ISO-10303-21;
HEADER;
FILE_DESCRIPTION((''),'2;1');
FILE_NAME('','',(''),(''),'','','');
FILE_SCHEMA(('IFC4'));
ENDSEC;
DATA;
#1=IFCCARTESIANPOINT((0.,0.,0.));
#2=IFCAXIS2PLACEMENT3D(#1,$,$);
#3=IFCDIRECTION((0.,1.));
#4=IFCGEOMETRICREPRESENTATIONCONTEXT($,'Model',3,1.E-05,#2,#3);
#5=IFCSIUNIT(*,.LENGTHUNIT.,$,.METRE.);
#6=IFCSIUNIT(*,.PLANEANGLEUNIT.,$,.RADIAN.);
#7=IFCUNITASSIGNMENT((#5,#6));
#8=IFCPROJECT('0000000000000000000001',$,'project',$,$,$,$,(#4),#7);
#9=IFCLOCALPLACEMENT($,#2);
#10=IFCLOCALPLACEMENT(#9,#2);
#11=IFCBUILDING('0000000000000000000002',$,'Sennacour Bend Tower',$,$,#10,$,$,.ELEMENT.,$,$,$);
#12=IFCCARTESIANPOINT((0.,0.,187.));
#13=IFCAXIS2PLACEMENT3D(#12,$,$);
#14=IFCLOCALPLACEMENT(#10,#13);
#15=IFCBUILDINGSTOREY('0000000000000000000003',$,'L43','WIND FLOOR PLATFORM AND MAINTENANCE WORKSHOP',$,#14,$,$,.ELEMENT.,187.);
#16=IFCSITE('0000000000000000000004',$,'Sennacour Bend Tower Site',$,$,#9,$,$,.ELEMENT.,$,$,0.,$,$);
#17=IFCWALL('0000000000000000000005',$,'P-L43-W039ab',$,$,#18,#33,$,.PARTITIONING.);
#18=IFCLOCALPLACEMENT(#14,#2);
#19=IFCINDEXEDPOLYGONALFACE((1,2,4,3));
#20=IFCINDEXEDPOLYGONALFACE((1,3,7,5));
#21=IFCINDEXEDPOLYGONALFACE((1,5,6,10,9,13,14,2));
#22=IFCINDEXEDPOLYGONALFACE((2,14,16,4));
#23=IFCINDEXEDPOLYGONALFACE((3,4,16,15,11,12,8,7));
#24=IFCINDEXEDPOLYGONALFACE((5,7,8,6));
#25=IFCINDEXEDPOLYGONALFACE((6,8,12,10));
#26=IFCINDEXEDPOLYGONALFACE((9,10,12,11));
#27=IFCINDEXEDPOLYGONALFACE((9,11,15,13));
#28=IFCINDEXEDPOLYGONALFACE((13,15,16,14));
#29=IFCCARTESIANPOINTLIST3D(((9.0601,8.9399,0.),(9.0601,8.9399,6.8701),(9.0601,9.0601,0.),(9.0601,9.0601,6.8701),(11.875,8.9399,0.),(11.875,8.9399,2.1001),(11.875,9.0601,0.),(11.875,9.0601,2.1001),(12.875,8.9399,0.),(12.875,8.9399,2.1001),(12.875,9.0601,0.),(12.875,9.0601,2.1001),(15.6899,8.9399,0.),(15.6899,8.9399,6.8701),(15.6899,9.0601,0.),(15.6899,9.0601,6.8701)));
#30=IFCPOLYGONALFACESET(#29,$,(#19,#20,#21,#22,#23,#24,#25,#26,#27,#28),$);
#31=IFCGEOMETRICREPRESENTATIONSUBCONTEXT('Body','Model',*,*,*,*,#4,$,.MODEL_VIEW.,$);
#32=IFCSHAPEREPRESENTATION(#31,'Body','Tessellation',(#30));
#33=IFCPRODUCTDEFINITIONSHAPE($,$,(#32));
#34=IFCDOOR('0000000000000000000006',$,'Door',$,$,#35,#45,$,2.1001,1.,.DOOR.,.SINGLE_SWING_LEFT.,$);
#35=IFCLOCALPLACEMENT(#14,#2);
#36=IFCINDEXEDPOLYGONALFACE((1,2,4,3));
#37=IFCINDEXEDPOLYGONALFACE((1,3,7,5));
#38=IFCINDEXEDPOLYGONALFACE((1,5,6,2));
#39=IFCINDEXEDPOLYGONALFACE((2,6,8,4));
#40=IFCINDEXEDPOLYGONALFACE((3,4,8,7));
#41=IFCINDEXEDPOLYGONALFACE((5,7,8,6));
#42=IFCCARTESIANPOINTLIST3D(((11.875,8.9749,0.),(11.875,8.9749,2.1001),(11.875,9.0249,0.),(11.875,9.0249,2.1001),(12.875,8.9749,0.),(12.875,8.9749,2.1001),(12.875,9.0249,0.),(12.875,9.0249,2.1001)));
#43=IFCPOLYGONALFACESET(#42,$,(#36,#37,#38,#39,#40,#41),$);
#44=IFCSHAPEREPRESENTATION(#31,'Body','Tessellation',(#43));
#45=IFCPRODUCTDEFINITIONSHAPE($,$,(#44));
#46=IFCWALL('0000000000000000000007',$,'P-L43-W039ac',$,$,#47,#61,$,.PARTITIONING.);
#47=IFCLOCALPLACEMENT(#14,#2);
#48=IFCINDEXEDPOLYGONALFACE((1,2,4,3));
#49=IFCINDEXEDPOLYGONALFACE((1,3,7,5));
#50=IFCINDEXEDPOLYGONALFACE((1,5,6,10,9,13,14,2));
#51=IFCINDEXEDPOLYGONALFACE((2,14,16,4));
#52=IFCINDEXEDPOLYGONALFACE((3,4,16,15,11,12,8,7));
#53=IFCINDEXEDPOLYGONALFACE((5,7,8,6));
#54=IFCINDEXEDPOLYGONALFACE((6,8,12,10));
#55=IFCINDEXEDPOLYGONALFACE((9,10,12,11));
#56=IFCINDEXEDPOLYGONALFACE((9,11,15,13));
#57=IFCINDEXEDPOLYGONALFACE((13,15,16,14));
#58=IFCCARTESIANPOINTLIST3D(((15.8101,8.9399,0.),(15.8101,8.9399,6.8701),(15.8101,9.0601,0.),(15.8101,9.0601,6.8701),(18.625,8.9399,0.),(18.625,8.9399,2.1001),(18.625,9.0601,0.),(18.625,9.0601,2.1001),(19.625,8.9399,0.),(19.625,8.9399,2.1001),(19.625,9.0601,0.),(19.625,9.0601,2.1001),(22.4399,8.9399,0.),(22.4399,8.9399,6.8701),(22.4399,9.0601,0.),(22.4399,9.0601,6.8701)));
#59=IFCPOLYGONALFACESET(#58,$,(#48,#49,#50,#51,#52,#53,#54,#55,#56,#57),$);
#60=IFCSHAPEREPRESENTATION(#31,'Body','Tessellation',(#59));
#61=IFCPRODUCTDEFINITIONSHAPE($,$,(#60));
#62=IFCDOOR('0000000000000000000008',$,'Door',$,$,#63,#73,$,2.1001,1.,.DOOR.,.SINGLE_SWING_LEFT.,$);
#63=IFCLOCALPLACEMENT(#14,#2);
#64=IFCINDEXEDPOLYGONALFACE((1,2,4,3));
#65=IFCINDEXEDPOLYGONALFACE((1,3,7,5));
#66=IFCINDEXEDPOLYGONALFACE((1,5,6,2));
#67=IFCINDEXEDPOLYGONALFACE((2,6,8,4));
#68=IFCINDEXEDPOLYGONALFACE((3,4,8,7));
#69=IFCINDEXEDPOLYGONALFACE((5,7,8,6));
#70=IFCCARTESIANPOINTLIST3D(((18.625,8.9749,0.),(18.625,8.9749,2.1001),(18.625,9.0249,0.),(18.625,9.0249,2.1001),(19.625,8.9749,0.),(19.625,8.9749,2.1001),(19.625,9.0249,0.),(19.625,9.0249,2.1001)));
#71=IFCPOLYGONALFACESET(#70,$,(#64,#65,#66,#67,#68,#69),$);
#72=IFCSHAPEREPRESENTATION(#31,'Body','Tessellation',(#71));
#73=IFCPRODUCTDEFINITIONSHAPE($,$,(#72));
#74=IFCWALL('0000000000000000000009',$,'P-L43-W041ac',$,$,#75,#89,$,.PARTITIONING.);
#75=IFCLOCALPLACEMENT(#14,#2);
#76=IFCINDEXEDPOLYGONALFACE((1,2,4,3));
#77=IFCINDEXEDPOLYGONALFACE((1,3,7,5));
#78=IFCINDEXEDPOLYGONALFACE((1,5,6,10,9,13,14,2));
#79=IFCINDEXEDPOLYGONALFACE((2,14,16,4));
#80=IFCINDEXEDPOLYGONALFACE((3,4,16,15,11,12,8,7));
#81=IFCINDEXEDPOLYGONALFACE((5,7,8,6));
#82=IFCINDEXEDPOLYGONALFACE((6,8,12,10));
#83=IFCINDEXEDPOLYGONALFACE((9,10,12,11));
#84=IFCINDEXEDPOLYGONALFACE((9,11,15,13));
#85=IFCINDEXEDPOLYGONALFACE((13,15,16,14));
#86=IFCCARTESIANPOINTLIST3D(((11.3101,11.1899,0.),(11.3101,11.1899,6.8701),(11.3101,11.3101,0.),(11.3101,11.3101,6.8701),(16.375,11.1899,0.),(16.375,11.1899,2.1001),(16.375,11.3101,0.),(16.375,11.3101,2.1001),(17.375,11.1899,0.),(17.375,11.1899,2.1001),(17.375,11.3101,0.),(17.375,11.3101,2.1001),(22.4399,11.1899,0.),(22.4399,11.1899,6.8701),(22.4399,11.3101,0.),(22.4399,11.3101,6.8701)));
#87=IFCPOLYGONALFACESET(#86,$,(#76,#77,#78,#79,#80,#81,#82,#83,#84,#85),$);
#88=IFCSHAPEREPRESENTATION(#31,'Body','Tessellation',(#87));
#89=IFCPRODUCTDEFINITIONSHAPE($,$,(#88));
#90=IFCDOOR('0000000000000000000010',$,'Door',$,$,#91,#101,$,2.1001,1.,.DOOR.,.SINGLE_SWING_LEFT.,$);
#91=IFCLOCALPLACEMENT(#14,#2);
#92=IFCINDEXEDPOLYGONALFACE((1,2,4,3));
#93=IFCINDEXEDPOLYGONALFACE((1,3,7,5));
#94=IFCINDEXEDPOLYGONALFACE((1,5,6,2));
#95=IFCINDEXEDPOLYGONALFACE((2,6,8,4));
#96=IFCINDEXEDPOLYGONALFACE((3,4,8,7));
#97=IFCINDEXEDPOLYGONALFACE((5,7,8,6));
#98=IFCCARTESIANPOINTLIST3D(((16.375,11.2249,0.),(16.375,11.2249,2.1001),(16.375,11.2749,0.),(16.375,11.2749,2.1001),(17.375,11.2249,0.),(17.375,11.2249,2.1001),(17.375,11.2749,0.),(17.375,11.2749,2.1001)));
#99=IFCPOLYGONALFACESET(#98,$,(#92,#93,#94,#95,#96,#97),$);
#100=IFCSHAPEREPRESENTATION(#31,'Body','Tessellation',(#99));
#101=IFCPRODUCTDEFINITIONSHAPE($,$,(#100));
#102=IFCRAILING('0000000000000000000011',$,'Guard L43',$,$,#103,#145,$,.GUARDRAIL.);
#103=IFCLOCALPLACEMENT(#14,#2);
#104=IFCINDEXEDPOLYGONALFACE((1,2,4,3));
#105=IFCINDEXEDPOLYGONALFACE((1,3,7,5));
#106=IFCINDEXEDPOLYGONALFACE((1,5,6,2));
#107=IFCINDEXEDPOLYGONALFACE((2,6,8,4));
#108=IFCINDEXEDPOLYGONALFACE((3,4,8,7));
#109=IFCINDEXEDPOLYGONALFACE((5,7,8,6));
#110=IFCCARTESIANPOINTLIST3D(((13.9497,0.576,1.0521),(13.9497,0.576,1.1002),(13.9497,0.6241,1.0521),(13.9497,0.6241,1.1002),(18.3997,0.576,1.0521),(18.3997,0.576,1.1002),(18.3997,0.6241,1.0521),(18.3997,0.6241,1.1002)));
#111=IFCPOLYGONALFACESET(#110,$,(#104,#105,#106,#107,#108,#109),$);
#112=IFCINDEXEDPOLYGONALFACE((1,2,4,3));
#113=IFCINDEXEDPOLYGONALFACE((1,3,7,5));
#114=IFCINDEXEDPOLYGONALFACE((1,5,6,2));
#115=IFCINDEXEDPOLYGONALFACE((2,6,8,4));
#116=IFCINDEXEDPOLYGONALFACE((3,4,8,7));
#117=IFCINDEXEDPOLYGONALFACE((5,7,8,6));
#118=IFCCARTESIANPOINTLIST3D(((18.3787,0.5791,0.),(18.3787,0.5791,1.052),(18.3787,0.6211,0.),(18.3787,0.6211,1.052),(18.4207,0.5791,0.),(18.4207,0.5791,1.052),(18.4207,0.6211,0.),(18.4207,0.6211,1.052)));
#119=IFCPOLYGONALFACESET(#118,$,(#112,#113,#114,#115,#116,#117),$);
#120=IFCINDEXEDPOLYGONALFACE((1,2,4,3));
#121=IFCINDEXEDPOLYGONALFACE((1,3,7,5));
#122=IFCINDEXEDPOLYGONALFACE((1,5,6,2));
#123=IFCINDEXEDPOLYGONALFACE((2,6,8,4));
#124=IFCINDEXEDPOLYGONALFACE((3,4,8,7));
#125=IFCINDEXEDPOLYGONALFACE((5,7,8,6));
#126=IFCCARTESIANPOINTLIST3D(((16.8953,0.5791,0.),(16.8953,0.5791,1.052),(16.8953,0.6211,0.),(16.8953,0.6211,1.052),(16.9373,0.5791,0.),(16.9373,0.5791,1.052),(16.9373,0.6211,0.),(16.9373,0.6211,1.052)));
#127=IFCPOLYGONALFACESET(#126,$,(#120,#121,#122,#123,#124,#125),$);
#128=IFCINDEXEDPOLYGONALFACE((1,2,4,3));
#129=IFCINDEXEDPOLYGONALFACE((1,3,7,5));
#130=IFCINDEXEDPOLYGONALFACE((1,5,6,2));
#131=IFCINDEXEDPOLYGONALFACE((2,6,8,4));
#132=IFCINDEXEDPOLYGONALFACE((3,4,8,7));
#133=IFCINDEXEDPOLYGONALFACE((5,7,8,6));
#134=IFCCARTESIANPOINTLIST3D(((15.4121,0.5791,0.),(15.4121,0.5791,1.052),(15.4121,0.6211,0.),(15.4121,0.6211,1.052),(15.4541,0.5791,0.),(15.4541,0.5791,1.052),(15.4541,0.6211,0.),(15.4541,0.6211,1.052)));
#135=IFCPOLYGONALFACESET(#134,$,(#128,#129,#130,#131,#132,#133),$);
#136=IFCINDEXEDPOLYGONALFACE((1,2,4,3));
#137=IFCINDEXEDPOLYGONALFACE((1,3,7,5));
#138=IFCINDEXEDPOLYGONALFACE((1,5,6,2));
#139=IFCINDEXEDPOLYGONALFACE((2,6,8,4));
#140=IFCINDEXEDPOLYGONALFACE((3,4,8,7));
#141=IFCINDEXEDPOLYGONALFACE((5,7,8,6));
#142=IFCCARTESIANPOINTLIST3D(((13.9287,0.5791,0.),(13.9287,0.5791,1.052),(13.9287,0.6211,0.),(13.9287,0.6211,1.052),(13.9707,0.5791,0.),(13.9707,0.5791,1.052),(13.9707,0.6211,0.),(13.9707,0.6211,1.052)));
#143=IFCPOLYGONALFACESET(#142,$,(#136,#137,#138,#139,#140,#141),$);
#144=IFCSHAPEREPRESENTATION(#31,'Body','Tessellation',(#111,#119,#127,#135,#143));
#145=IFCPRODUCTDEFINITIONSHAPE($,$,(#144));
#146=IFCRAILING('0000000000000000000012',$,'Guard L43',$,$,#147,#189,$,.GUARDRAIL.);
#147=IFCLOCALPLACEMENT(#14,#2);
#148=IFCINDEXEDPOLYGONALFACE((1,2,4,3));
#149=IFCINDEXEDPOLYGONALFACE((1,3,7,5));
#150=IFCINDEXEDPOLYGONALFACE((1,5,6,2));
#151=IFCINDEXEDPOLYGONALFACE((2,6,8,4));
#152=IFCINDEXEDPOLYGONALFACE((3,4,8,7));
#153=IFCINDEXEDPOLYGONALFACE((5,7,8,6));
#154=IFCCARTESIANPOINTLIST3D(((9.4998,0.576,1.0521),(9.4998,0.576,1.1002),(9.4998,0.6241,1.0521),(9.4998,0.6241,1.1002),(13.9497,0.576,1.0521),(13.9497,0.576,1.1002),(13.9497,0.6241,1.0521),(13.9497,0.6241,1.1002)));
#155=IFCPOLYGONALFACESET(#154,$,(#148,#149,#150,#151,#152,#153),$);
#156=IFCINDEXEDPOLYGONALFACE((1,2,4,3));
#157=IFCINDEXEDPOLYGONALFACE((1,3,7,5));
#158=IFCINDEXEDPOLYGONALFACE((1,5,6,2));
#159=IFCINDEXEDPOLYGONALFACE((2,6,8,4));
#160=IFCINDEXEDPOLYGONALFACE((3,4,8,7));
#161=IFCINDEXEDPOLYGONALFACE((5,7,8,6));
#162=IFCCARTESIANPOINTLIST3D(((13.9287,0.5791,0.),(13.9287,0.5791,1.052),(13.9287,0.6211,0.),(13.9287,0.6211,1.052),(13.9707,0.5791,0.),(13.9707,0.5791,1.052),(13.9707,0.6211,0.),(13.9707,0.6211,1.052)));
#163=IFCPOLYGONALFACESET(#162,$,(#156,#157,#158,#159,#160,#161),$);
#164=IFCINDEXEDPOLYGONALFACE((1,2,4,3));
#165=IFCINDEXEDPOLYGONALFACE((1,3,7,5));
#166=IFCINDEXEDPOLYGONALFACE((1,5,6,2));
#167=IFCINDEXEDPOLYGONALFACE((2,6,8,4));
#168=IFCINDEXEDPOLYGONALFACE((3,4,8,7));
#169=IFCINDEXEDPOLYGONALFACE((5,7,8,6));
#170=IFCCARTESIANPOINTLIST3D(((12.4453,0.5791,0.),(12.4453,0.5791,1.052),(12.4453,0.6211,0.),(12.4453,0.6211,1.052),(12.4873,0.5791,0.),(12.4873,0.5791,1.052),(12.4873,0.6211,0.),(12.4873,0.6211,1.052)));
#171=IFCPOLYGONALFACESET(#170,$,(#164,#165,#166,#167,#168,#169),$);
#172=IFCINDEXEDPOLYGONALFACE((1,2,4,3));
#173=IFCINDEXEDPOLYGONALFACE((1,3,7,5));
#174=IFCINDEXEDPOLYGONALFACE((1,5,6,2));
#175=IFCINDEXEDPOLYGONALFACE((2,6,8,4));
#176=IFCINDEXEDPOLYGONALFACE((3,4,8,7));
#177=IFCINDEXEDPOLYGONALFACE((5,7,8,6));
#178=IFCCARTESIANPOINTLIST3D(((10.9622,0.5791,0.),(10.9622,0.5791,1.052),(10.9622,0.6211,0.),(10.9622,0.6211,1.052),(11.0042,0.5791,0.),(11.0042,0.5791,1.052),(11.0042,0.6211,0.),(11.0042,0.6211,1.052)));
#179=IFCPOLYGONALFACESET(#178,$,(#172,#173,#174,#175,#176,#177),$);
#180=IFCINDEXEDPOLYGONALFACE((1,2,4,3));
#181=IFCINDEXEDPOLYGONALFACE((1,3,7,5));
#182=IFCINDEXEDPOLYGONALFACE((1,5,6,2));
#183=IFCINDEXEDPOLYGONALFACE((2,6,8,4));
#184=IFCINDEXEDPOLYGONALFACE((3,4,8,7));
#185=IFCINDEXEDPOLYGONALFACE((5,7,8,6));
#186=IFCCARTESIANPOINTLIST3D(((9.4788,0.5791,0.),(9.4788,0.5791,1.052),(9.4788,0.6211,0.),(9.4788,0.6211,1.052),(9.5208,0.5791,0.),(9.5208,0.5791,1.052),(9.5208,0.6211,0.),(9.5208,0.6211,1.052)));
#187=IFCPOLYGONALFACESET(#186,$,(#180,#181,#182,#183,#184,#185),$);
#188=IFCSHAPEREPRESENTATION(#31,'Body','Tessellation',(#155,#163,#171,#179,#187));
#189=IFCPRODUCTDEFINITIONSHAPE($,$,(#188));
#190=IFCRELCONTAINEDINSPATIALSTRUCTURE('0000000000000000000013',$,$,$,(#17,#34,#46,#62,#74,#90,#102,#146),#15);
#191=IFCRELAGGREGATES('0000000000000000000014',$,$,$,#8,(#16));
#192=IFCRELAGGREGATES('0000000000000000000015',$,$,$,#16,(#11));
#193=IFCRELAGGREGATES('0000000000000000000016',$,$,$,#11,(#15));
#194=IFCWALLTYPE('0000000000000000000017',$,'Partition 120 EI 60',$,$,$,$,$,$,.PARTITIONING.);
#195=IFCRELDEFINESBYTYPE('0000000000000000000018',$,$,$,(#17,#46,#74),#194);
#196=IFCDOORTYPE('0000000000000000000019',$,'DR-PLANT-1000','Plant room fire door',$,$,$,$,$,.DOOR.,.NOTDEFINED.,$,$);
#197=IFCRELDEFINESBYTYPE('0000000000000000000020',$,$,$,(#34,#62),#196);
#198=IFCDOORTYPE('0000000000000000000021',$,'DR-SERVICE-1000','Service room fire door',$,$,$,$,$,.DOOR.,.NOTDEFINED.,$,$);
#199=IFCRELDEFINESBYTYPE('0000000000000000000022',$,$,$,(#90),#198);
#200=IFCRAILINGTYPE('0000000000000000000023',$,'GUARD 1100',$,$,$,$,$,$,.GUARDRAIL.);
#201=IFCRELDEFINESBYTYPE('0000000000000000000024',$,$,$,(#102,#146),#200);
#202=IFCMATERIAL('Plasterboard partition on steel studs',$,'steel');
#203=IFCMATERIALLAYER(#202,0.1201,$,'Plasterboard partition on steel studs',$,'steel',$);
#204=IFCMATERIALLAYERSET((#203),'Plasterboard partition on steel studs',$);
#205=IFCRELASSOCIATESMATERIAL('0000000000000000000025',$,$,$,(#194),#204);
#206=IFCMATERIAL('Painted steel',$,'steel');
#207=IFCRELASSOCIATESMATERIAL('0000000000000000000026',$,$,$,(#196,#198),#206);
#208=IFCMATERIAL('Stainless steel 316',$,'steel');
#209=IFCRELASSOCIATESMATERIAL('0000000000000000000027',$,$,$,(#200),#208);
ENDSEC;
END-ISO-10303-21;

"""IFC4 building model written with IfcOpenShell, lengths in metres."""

from ifc_helpers import new_model, si_unit, direction, frame, frame_2d, origin, origin_2d, place, context, subcontext, project, spatial, rectangle, extrude, material, layer, layer_set, type_object, element, fill, save


model = new_model("IFC4")

# Units and contexts
model_context = context("Model", 3, precision=1e-05, world=origin(), true_north=direction((0.0, 1.0)))
body_context = subcontext(model_context, "Body", "Model", "MODEL_VIEW")
ifc_project = project(units=[si_unit("LENGTHUNIT", "METRE"), si_unit("PLANEANGLEUNIT", "RADIAN")], contexts=[model_context])

# Site, building, storey
site_placement = place(None, origin())
site = spatial("IfcSite", under=ifc_project, at=site_placement, Name="Sennacour Bend Tower Site", CompositionType="ELEMENT", RefElevation=0.0)
building_placement = place(site_placement, origin())
building = spatial("IfcBuilding", under=site, at=building_placement, Name="Sennacour Bend Tower", CompositionType="ELEMENT")
storey_placement = place(building_placement, frame((0.0, 0.0, 187.0)))
storey = spatial("IfcBuildingStorey", under=building, at=storey_placement, Name="L43", Description="WIND FLOOR PLATFORM AND MAINTENANCE WORKSHOP", CompositionType="ELEMENT", Elevation=187.0)

# Shared definitions
ifc_material_1 = material(Name="Plasterboard partition on steel studs", Category="steel")

# Walls, openings, doors
ifc_layer_1 = layer(ifc_material_1, 0.1201, Name="Plasterboard partition on steel studs", Category="steel")
ifc_layer_set_1 = layer_set([ifc_layer_1], Name="Plasterboard partition on steel studs")
wall_type_1 = type_object("IfcWallType", Name="Partition 120 EI 60", PredefinedType="PARTITIONING", material=ifc_layer_set_1)
wall_1_placement = place(storey_placement, frame((9.0601, 9.0, 0.0), z_axis=(0.0, 0.0, 1.0), x_axis=(1.0, 0.0, 0.0)))
wall_1 = element("IfcWall", 1, at=wall_1_placement, inside=storey, type_object=wall_type_1, Name="P-L43-W039ab", PredefinedType="PARTITIONING", context=body_context, shape_type="SweptSolid", body=[
    extrude(rectangle(XDim=6.6299, YDim=0.1201, at=frame_2d((3.3149, 0.0))), origin(), (0.0, 0.0, 1.0), 6.8701),
])
opening_1_placement = place(wall_1_placement, frame((2.8149, 0.0, 0.0)))
opening_1 = element("IfcOpeningElement", 2, at=opening_1_placement, cuts=wall_1, PredefinedType="OPENING", context=body_context, shape_type="SweptSolid", body=[
    extrude(rectangle(XDim=1.0, YDim=2.1001, at=frame_2d((0.5, 1.05))), frame((0.0, 0.0701, 0.0), z_axis=(0.0, -1.0, 0.0), x_axis=(1.0, 0.0, 0.0)), (0.0, 0.0, 1.0), 0.1401),
])
ifc_material_2 = material(Name="Painted steel", Category="steel")
door_type_1 = type_object("IfcDoorType", Name="DR-PLANT-1000", Description="Plant room fire door", OperationType="NOTDEFINED", PredefinedType="DOOR", material=ifc_material_2)
door_1_placement = place(opening_1_placement, origin())
door_1 = element("IfcDoor", 3, at=door_1_placement, inside=storey, type_object=door_type_1, Name="Door", OperationType="SINGLE_SWING_LEFT", OverallHeight=2.1001, OverallWidth=1.0, PredefinedType="DOOR", context=body_context, shape_type="SweptSolid", body=[
    extrude(rectangle(XDim=1.0, YDim=2.1001, at=frame_2d((0.5, 1.05))), frame((0.0, 0.0249, 0.0), z_axis=(0.0, -1.0, 0.0), x_axis=(1.0, 0.0, 0.0)), (0.0, 0.0, 1.0), 0.05),
])
fill(opening_1, door_1)
wall_2_placement = place(storey_placement, frame((15.8101, 9.0, 0.0), z_axis=(0.0, 0.0, 1.0), x_axis=(1.0, 0.0, 0.0)))
wall_2 = element("IfcWall", 4, at=wall_2_placement, inside=storey, type_object=wall_type_1, Name="P-L43-W039ac", PredefinedType="PARTITIONING", context=body_context, shape_type="SweptSolid", body=[
    extrude(rectangle(XDim=6.6299, YDim=0.1201, at=frame_2d((3.3149, 0.0))), origin(), (0.0, 0.0, 1.0), 6.8701),
])
opening_2_placement = place(wall_2_placement, frame((2.8149, 0.0, 0.0)))
opening_2 = element("IfcOpeningElement", 5, at=opening_2_placement, cuts=wall_2, PredefinedType="OPENING", context=body_context, shape_type="SweptSolid", body=[
    extrude(rectangle(XDim=1.0, YDim=2.1001, at=frame_2d((0.5, 1.05))), frame((0.0, 0.0701, 0.0), z_axis=(0.0, -1.0, 0.0), x_axis=(1.0, 0.0, 0.0)), (0.0, 0.0, 1.0), 0.1401),
])
door_2_placement = place(opening_2_placement, origin())
door_2 = element("IfcDoor", 6, at=door_2_placement, inside=storey, type_object=door_type_1, Name="Door", OperationType="SINGLE_SWING_LEFT", OverallHeight=2.1001, OverallWidth=1.0, PredefinedType="DOOR", context=body_context, shape_type="SweptSolid", body=[
    extrude(rectangle(XDim=1.0, YDim=2.1001, at=frame_2d((0.5, 1.05))), frame((0.0, 0.0249, 0.0), z_axis=(0.0, -1.0, 0.0), x_axis=(1.0, 0.0, 0.0)), (0.0, 0.0, 1.0), 0.05),
])
fill(opening_2, door_2)
wall_3_placement = place(storey_placement, frame((11.3101, 11.25, 0.0), z_axis=(0.0, 0.0, 1.0), x_axis=(1.0, 0.0, 0.0)))
wall_3 = element("IfcWall", 7, at=wall_3_placement, inside=storey, type_object=wall_type_1, Name="P-L43-W041ac", PredefinedType="PARTITIONING", context=body_context, shape_type="SweptSolid", body=[
    extrude(rectangle(XDim=11.1299, YDim=0.1201, at=frame_2d((5.5649, 0.0))), origin(), (0.0, 0.0, 1.0), 6.8701),
])
opening_3_placement = place(wall_3_placement, frame((5.0649, 0.0, 0.0)))
opening_3 = element("IfcOpeningElement", 8, at=opening_3_placement, cuts=wall_3, PredefinedType="OPENING", context=body_context, shape_type="SweptSolid", body=[
    extrude(rectangle(XDim=1.0, YDim=2.1001, at=frame_2d((0.5, 1.05))), frame((0.0, 0.0701, 0.0), z_axis=(0.0, -1.0, 0.0), x_axis=(1.0, 0.0, 0.0)), (0.0, 0.0, 1.0), 0.1401),
])
door_type_2 = type_object("IfcDoorType", Name="DR-SERVICE-1000", Description="Service room fire door", OperationType="NOTDEFINED", PredefinedType="DOOR", material=ifc_material_2)
door_3_placement = place(opening_3_placement, origin())
door_3 = element("IfcDoor", 9, at=door_3_placement, inside=storey, type_object=door_type_2, Name="Door", OperationType="SINGLE_SWING_LEFT", OverallHeight=2.1001, OverallWidth=1.0, PredefinedType="DOOR", context=body_context, shape_type="SweptSolid", body=[
    extrude(rectangle(XDim=1.0, YDim=2.1001, at=frame_2d((0.5, 1.05))), frame((0.0, 0.0249, 0.0), z_axis=(0.0, -1.0, 0.0), x_axis=(1.0, 0.0, 0.0)), (0.0, 0.0, 1.0), 0.05),
])
fill(opening_3, door_3)

# Railings
ifc_material_3 = material(Name="Stainless steel 316", Category="steel")
railing_type = type_object("IfcRailingType", Name="GUARD 1100", PredefinedType="GUARDRAIL", material=ifc_material_3)
for number, where, name in (
    (10, (18.3997, 0.6001, 0.0), "Guard L43"),
    (11, (13.9497, 0.6001, 0.0), "Guard L43"),
):
    element("IfcRailing", number, at=place(storey_placement, frame(where)), inside=storey, type_object=railing_type, Name=name, PredefinedType="GUARDRAIL", context=body_context, shape_type="SweptSolid", body=[
        extrude(rectangle(XDim=0.0481, YDim=0.0481, at=origin_2d()), frame((0.0, 0.0, 1.0762), z_axis=(-1.0, 0.0, 0.0), x_axis=(0.0, -1.0, 0.0)), (0.0, 0.0, 1.0), 4.45),
        extrude(rectangle(XDim=0.042, YDim=0.042, at=origin_2d()), origin(), (0.0, 0.0, 1.0), 1.052),
        extrude(rectangle(XDim=0.042, YDim=0.042, at=origin_2d()), frame((-1.4834, 0.0, 0.0)), (0.0, 0.0, 1.0), 1.052),
        extrude(rectangle(XDim=0.042, YDim=0.042, at=origin_2d()), frame((-2.9666, 0.0, 0.0)), (0.0, 0.0, 1.0), 1.052),
        extrude(rectangle(XDim=0.042, YDim=0.042, at=origin_2d()), frame((-4.45, 0.0, 0.0)), (0.0, 0.0, 1.0), 1.052),
    ])

save(model, "model.ifc")
